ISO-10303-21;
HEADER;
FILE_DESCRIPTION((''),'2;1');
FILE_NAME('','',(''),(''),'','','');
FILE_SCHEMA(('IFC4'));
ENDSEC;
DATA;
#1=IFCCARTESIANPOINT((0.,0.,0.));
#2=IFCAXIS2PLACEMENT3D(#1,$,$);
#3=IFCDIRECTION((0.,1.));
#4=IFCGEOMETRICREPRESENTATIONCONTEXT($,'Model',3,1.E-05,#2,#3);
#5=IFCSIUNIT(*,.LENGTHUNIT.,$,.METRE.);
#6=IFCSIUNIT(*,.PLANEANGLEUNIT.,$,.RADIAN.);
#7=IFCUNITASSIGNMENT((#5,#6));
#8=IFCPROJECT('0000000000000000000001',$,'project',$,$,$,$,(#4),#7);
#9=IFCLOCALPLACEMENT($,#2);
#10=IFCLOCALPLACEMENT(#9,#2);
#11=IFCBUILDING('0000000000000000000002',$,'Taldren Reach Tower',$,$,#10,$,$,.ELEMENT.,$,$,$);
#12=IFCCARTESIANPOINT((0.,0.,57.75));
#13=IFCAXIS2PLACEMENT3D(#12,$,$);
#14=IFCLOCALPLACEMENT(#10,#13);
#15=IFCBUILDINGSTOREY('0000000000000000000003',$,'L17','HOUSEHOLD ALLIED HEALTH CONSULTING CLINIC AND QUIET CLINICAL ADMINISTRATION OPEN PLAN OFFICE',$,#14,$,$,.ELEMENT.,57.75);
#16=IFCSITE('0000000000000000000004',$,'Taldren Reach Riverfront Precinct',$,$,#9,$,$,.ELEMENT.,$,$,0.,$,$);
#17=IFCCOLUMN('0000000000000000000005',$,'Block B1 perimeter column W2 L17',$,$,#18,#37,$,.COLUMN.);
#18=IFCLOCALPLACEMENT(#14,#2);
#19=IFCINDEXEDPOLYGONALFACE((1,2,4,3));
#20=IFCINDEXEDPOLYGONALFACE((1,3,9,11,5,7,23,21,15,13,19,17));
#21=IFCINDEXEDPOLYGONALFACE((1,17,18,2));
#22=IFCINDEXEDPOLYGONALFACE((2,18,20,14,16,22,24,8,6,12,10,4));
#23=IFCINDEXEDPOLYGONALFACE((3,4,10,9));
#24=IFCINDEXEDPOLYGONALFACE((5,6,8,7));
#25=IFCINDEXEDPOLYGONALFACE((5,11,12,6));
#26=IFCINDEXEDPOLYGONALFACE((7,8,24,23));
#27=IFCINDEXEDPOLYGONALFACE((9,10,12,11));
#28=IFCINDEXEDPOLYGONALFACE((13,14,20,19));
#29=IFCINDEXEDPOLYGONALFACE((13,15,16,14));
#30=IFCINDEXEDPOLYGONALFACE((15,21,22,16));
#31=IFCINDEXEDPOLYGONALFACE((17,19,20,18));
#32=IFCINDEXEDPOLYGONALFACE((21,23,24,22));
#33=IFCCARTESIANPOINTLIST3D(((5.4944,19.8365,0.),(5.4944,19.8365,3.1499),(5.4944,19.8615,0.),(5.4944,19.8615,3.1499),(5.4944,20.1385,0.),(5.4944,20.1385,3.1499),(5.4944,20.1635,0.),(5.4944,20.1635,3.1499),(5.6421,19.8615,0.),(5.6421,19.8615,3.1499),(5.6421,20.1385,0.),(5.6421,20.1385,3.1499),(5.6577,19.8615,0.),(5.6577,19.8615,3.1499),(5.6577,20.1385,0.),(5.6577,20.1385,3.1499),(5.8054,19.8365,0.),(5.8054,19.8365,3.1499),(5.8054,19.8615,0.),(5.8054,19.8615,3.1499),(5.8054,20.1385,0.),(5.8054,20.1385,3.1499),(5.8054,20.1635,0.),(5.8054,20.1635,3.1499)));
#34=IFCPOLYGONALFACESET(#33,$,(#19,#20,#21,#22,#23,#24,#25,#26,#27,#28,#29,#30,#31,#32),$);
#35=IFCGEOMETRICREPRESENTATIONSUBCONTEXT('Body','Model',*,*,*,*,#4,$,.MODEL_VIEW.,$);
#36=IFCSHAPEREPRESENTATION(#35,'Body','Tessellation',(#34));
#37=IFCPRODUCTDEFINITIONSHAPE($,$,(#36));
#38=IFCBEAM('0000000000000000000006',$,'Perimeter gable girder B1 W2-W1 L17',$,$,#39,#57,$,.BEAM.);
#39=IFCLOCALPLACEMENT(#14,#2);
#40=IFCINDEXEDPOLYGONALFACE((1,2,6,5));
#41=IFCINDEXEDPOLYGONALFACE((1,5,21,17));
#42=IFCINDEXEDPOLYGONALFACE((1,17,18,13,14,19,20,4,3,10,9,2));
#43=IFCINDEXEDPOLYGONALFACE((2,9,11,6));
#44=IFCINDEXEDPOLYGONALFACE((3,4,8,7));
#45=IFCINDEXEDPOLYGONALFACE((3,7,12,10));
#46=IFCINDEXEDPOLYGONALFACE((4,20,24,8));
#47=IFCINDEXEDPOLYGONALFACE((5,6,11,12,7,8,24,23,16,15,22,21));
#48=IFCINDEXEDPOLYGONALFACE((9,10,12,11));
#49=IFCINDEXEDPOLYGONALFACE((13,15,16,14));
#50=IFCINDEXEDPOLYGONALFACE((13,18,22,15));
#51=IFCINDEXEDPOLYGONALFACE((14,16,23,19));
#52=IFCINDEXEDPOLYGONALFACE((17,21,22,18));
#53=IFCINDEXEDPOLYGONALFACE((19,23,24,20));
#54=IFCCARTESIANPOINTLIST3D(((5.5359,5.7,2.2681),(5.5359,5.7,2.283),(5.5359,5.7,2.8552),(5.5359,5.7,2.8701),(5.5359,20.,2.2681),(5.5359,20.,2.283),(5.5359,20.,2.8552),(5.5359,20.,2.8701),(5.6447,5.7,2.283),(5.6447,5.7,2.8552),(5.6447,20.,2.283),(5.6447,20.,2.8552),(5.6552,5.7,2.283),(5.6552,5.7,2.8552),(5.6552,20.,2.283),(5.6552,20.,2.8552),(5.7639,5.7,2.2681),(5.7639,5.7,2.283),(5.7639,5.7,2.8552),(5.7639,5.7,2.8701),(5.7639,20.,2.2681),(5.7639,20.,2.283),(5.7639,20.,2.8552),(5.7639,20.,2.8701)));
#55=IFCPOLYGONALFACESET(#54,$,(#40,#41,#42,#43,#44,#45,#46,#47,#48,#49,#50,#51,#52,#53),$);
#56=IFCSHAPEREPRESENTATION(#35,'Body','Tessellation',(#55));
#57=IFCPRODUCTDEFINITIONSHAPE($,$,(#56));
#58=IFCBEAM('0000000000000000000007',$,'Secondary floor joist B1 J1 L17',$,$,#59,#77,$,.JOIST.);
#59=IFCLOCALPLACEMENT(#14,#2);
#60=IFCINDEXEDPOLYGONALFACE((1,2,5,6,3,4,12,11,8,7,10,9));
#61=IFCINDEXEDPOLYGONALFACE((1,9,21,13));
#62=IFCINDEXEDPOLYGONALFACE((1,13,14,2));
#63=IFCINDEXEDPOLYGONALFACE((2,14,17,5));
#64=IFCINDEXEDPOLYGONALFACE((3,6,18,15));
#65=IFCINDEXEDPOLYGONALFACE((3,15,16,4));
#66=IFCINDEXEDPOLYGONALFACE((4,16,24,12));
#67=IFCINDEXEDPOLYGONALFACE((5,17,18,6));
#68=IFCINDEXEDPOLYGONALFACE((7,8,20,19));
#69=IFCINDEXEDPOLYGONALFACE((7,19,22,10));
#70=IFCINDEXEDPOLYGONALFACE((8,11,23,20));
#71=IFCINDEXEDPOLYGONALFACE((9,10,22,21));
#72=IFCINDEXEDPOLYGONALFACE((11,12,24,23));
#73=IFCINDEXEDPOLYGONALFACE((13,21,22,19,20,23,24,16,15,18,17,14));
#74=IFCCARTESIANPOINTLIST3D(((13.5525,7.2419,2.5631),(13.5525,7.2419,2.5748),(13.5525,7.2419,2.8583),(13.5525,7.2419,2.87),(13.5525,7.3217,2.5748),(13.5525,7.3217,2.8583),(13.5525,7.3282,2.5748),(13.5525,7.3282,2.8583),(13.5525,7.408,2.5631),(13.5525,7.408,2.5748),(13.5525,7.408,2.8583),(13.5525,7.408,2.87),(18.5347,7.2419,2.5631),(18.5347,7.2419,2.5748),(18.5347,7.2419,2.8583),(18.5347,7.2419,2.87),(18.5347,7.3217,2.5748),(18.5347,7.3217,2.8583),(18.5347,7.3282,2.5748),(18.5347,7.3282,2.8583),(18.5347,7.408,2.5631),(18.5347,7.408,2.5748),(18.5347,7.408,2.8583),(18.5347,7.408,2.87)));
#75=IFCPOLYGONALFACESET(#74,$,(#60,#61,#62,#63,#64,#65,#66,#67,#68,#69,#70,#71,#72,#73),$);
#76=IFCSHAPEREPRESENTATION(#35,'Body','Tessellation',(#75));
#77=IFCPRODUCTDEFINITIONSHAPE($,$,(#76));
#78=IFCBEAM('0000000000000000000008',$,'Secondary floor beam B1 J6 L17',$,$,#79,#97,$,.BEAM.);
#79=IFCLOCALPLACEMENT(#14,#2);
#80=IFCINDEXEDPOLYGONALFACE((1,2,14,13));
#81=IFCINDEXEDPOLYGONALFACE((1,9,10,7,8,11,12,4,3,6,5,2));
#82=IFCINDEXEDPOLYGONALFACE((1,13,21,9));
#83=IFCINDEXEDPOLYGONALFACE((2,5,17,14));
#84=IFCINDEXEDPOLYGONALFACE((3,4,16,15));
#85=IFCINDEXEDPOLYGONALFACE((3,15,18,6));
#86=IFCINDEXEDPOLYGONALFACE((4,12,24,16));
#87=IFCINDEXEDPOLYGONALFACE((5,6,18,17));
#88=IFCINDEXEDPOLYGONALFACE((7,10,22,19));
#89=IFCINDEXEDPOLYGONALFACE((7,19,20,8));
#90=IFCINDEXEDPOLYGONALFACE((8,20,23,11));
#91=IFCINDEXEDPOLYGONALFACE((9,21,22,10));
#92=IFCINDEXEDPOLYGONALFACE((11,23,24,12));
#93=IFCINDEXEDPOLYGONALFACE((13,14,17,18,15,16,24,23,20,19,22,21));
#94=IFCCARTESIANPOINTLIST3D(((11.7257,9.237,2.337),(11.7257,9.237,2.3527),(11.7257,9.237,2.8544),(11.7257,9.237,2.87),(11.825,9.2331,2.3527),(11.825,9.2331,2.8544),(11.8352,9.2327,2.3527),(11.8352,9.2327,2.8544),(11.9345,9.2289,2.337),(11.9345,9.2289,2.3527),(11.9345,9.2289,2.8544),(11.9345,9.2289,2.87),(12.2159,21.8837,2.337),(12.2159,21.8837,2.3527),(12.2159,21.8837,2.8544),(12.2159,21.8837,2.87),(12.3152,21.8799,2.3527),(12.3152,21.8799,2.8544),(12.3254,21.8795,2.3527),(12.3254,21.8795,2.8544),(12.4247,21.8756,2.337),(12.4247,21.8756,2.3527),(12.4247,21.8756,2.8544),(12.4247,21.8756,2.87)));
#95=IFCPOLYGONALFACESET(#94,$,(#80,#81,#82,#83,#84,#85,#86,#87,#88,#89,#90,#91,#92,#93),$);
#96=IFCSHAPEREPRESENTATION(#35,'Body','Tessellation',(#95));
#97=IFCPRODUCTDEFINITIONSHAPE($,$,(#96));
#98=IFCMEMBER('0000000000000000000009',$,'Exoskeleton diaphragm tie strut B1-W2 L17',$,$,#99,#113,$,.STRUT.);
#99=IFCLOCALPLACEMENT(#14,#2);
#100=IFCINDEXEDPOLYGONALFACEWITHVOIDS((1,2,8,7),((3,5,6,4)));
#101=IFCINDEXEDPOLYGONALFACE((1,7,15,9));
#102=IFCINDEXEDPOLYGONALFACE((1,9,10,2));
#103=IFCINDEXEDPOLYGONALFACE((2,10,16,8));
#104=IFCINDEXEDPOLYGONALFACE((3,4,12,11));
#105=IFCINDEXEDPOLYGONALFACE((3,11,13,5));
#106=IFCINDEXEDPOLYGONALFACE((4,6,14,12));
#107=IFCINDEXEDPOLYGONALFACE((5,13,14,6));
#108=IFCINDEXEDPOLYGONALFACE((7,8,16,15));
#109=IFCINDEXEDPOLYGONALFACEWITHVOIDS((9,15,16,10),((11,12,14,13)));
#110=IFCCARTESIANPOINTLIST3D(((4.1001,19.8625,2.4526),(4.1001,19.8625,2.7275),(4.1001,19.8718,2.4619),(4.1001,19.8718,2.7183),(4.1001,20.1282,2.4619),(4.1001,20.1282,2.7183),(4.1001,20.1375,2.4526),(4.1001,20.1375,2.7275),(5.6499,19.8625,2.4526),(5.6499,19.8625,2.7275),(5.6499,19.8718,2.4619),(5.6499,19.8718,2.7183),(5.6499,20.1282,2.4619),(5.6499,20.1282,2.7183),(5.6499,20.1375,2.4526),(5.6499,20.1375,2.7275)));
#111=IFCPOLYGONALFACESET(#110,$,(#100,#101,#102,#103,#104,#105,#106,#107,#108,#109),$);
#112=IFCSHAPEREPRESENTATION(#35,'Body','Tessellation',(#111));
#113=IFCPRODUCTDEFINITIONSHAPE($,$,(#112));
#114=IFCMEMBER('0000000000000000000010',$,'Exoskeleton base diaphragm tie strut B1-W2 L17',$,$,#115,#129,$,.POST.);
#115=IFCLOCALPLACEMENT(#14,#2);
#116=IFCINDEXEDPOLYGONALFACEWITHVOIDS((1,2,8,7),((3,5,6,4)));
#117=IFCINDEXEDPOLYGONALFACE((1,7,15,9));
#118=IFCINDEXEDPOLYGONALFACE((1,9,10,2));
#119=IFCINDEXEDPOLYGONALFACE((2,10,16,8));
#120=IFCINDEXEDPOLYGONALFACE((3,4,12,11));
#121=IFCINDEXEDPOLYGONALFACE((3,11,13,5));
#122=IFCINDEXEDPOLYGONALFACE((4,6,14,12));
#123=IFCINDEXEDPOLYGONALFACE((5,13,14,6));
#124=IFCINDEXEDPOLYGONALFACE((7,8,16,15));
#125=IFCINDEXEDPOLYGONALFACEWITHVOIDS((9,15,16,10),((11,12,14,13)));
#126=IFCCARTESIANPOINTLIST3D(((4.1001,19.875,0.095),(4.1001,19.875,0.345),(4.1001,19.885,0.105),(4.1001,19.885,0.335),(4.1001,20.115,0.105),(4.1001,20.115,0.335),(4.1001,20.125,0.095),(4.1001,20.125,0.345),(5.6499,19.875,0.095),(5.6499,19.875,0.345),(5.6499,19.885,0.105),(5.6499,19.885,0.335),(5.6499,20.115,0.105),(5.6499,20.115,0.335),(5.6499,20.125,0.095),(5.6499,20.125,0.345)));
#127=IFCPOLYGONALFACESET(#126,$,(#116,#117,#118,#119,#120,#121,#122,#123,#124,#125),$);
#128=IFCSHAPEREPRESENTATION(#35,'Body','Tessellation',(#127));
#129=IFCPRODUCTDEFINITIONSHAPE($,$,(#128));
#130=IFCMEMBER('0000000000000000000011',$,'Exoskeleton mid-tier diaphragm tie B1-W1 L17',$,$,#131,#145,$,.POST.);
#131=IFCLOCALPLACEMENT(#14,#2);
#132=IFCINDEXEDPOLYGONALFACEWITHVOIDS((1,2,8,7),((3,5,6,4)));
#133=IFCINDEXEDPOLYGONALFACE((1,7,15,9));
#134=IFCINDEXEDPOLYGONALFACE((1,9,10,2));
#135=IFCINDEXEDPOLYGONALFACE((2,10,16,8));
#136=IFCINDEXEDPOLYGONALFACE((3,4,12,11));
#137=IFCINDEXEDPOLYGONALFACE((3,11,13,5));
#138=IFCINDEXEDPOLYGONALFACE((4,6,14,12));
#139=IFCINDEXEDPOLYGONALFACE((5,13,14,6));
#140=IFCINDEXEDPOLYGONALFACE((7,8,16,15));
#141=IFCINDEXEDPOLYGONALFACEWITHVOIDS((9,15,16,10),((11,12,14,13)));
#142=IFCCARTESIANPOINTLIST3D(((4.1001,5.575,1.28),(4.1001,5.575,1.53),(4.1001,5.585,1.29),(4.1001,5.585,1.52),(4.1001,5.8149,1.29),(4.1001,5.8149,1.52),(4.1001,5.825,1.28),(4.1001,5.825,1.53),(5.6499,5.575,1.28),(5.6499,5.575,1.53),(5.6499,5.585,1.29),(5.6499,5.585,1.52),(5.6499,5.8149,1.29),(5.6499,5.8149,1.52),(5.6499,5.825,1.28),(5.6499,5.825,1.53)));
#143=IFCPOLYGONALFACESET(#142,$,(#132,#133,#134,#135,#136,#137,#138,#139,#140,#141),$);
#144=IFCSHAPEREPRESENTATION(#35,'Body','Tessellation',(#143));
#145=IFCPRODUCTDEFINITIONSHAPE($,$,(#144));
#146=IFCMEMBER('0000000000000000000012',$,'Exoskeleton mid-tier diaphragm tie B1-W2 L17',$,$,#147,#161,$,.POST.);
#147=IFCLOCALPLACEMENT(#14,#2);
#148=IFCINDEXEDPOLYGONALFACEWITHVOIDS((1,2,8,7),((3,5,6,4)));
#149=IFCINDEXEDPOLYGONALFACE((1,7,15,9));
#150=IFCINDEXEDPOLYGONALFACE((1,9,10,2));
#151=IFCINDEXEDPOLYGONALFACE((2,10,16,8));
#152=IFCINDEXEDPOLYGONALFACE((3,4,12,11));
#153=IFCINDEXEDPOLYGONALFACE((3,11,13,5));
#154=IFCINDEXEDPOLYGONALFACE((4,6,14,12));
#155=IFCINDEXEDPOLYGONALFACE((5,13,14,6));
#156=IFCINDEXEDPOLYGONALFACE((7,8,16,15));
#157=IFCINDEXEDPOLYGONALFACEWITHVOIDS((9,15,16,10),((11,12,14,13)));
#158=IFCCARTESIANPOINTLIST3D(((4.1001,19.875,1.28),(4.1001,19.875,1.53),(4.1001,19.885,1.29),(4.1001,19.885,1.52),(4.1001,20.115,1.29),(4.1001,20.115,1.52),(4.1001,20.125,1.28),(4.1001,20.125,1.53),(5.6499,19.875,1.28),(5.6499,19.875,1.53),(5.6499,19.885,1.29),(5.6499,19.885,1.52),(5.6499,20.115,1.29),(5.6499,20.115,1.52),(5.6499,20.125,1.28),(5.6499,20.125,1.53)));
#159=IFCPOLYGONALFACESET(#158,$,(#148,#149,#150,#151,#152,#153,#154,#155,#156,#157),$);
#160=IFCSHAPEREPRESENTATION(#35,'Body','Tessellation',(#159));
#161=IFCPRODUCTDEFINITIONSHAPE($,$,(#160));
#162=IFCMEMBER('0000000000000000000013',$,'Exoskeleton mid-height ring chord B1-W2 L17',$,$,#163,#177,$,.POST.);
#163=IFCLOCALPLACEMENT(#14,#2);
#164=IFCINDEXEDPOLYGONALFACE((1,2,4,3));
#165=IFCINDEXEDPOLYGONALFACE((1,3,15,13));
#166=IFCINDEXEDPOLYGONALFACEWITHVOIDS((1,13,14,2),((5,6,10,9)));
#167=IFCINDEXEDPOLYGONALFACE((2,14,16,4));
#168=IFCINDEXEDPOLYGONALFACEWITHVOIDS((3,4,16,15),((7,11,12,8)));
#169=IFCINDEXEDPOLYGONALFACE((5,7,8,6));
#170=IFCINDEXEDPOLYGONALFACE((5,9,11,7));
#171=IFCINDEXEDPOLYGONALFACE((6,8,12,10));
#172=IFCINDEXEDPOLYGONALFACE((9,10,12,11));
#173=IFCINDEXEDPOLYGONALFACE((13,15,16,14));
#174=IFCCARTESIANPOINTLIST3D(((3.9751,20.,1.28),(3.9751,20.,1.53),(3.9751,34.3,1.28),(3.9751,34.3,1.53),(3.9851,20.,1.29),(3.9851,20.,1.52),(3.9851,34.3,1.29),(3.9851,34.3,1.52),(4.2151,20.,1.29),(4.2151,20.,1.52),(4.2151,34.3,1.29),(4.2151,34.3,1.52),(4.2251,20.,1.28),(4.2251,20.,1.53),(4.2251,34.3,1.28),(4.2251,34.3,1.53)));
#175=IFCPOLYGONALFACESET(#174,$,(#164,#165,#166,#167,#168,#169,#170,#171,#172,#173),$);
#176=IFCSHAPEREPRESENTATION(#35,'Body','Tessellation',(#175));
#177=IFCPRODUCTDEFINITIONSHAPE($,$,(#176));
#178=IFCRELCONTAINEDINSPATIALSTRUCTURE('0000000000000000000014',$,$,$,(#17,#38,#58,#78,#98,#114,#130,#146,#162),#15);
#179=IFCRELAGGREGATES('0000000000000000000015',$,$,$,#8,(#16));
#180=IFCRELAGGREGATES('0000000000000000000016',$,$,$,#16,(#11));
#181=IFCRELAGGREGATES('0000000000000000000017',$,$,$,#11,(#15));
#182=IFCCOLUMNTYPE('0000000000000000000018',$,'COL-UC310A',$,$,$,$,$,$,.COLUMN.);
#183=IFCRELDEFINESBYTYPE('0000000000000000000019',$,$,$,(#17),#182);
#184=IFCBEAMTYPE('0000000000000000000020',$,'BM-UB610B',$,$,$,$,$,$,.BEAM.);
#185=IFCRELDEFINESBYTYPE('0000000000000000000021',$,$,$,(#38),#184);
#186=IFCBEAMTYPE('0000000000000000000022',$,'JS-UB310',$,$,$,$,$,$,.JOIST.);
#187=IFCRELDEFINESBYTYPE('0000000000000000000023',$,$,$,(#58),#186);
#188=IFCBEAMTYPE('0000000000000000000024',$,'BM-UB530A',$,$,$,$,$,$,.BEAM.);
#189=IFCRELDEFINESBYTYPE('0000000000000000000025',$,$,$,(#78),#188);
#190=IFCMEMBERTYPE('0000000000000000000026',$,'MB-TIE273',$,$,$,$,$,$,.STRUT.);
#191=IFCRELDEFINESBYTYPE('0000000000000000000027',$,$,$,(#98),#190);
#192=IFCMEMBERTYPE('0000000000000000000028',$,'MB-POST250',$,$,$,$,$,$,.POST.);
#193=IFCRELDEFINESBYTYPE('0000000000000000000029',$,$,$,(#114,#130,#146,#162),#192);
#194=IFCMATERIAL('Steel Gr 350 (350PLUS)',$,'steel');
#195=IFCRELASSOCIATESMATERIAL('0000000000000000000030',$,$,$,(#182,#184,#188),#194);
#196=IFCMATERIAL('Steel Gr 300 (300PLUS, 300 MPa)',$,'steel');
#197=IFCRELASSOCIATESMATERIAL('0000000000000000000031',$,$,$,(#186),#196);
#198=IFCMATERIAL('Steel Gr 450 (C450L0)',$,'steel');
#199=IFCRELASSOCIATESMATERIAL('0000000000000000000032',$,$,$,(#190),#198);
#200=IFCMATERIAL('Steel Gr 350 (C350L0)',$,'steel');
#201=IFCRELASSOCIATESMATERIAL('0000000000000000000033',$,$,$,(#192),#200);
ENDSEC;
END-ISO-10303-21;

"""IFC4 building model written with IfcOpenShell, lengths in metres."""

from ifc_helpers import new_model, si_unit, direction, frame, origin, origin_2d, place, context, subcontext, project, spatial, hollow_rectangle, i_section, extrude, source, transform, mapped, material, material_profile, profile_set, type_object, element, save


model = new_model("IFC4")

# Units and contexts
model_context = context("Model", 3, precision=1e-05, world=origin(), true_north=direction((0.0, 1.0)))
body_context = subcontext(model_context, "Body", "Model", "MODEL_VIEW")
ifc_project = project(units=[si_unit("LENGTHUNIT", "METRE"), si_unit("PLANEANGLEUNIT", "RADIAN")], contexts=[model_context])

# Site, building, storey
site_placement = place(None, origin())
site = spatial("IfcSite", under=ifc_project, at=site_placement, Name="Taldren Reach Riverfront Precinct", CompositionType="ELEMENT", RefElevation=0.0)
building_placement = place(site_placement, origin())
building = spatial("IfcBuilding", under=site, at=building_placement, Name="Taldren Reach Tower", CompositionType="ELEMENT")
storey_placement = place(building_placement, frame((0.0, 0.0, 57.75)))
storey = spatial("IfcBuildingStorey", under=building, at=storey_placement, Name="L17", Description="HOUSEHOLD ALLIED HEALTH CONSULTING CLINIC AND QUIET CLINICAL ADMINISTRATION OPEN PLAN OFFICE", CompositionType="ELEMENT", Elevation=57.75)

# Column
ifc_material_1 = material(Name="Steel Gr 350 (350PLUS)", Category="steel")
ifc_material_profile_1 = material_profile(ifc_material_1, i_section(OverallWidth=0.311, OverallDepth=0.3269, WebThickness=0.0156, FlangeThickness=0.0249, at=origin_2d()), Name="310UC158")
ifc_profile_set_1 = profile_set([ifc_material_profile_1], Name="Steel Gr 350 (350PLUS)")
column_type = type_object("IfcColumnType", Name="COL-UC310A", PredefinedType="COLUMN", material=ifc_profile_set_1)
shared_shape_1 = source(origin(), body_context, "Body", "SweptSolid", [
    extrude(i_section(OverallWidth=0.311, OverallDepth=0.3269, WebThickness=0.0156, FlangeThickness=0.0249, at=origin_2d()), origin(), (0.0, 0.0, 1.0), 3.1499),
])
column_placement = place(storey_placement, frame((5.6499, 20.0, 0.0), z_axis=(0.0, 0.0, 1.0), x_axis=(1.0, 0.0, 0.0)))
element("IfcColumn", 1, at=column_placement, inside=storey, type_object=column_type, Name="Block B1 perimeter column W2 L17", PredefinedType="COLUMN", context=body_context, shape_type="MappedRepresentation", body=[
    mapped(shared_shape_1, transform((0.0, 0.0, 0.0), scale=1.0)),
])

# Beams
ifc_material_profile_2 = material_profile(ifc_material_1, i_section(OverallWidth=0.228, OverallDepth=0.6021, WebThickness=0.0105, FlangeThickness=0.0149, at=origin_2d()), Name="610UB101")
ifc_profile_set_2 = profile_set([ifc_material_profile_2], Name="Steel Gr 350 (350PLUS)")
beam_type_1 = type_object("IfcBeamType", Name="BM-UB610B", PredefinedType="BEAM", material=ifc_profile_set_2)
shared_shape_2 = source(origin(), body_context, "Body", "SweptSolid", [
    extrude(i_section(OverallWidth=0.228, OverallDepth=0.6021, WebThickness=0.0105, FlangeThickness=0.0149, at=origin_2d()), origin(), (0.0, 0.0, 1.0), 14.3),
])
beam_1_placement = place(storey_placement, frame((5.6499, 20.0, 2.5691), z_axis=(0.0, -1.0, 0.0), x_axis=(1.0, 0.0, 0.0)))
element("IfcBeam", 2, at=beam_1_placement, inside=storey, type_object=beam_type_1, Name="Perimeter gable girder B1 W2-W1 L17", PredefinedType="BEAM", context=body_context, shape_type="MappedRepresentation", body=[
    mapped(shared_shape_2, transform((0.0, 0.0, 0.0), scale=1.0)),
])
ifc_material_2 = material(Name="Steel Gr 300 (300PLUS, 300 MPa)", Category="steel")
ifc_material_profile_3 = material_profile(ifc_material_2, i_section(OverallWidth=0.166, OverallDepth=0.3069, WebThickness=0.0066, FlangeThickness=0.0117, at=origin_2d()), Name="310UB46.2")
ifc_profile_set_3 = profile_set([ifc_material_profile_3], Name="Steel Gr 300 (300PLUS, 300 MPa)")
beam_type_2 = type_object("IfcBeamType", Name="JS-UB310", PredefinedType="JOIST", material=ifc_profile_set_3)
shared_shape_3 = source(origin(), body_context, "Body", "SweptSolid", [
    extrude(i_section(OverallWidth=0.166, OverallDepth=0.3069, WebThickness=0.0066, FlangeThickness=0.0117, at=origin_2d()), origin(), (0.0, 0.0, 1.0), 4.9822),
])
beam_2_placement = place(storey_placement, frame((13.5525, 7.325, 2.7166), z_axis=(1.0, 0.0, 0.0), x_axis=(0.0, 1.0, 0.0)))
element("IfcBeam", 3, at=beam_2_placement, inside=storey, type_object=beam_type_2, Name="Secondary floor joist B1 J1 L17", PredefinedType="JOIST", context=body_context, shape_type="MappedRepresentation", body=[
    mapped(shared_shape_3, transform((0.0, 0.0, 0.0), scale=1.0)),
])
ifc_material_profile_4 = material_profile(ifc_material_1, i_section(OverallWidth=0.209, OverallDepth=0.533, WebThickness=0.0103, FlangeThickness=0.0156, at=origin_2d()), Name="530UB92.4")
ifc_profile_set_4 = profile_set([ifc_material_profile_4], Name="Steel Gr 350 (350PLUS)")
beam_type_3 = type_object("IfcBeamType", Name="BM-UB530A", PredefinedType="BEAM", material=ifc_profile_set_4)
shared_shape_4 = source(origin(), body_context, "Body", "SweptSolid", [
    extrude(i_section(OverallWidth=0.209, OverallDepth=0.533, WebThickness=0.0103, FlangeThickness=0.0156, at=origin_2d()), origin(), (0.0, 0.0, 1.0), 12.6562),
])
beam_3_placement = place(storey_placement, frame((11.8301, 9.2329, 2.6035), z_axis=(0.038735, 0.99925, 0.0), x_axis=(-0.99925, 0.038735, 0.0)))
element("IfcBeam", 4, at=beam_3_placement, inside=storey, type_object=beam_type_3, Name="Secondary floor beam B1 J6 L17", PredefinedType="BEAM", context=body_context, shape_type="MappedRepresentation", body=[
    mapped(shared_shape_4, transform((0.0, 0.0, 0.0), scale=1.0)),
])

# Members
ifc_material_3 = material(Name="Steel Gr 450 (C450L0)", Category="steel")
ifc_material_profile_5 = material_profile(ifc_material_3, hollow_rectangle(XDim=0.2749, YDim=0.2749, WallThickness=0.0093, at=origin_2d()), Name="275x275x9.3SHS")
ifc_profile_set_5 = profile_set([ifc_material_profile_5], Name="Steel Gr 450 (C450L0)")
member_type_1 = type_object("IfcMemberType", Name="MB-TIE273", PredefinedType="STRUT", material=ifc_profile_set_5)
shared_shape_5 = source(origin(), body_context, "Body", "SweptSolid", [
    extrude(hollow_rectangle(XDim=0.2749, YDim=0.2749, WallThickness=0.0093, at=origin_2d()), origin(), (0.0, 0.0, 1.0), 1.5498),
])
member_1_placement = place(storey_placement, frame((5.6499, 20.0, 2.5901), z_axis=(-1.0, 0.0, 0.0), x_axis=(0.0, -1.0, 0.0)))
element("IfcMember", 5, at=member_1_placement, inside=storey, type_object=member_type_1, Name="Exoskeleton diaphragm tie strut B1-W2 L17", PredefinedType="STRUT", context=body_context, shape_type="MappedRepresentation", body=[
    mapped(shared_shape_5, transform((0.0, 0.0, 0.0), scale=1.0)),
])
ifc_material_4 = material(Name="Steel Gr 350 (C350L0)", Category="steel")
ifc_material_profile_6 = material_profile(ifc_material_4, hollow_rectangle(XDim=0.25, YDim=0.25, WallThickness=0.01, at=origin_2d()), Name="250x250x10.0SHS")
ifc_profile_set_6 = profile_set([ifc_material_profile_6], Name="Steel Gr 350 (C350L0)")
member_type_2 = type_object("IfcMemberType", Name="MB-POST250", PredefinedType="POST", material=ifc_profile_set_6)
shared_shape_6 = source(origin(), body_context, "Body", "SweptSolid", [
    extrude(hollow_rectangle(XDim=0.25, YDim=0.25, WallThickness=0.01, at=origin_2d()), origin(), (0.0, 0.0, 1.0), 1.5498),
])
for number, where, z_axis, x_axis, name in (
    (6, (5.6499, 20.0, 0.22), (-1.0, 0.0, 0.0), (0.0, -1.0, 0.0), "Exoskeleton base diaphragm tie strut B1-W2 L17"),
    (7, (5.6499, 5.7, 1.405), (-1.0, 0.0, 0.0), (0.0, -1.0, 0.0), "Exoskeleton mid-tier diaphragm tie B1-W1 L17"),
    (8, (5.6499, 20.0, 1.405), (-1.0, 0.0, 0.0), (0.0, -1.0, 0.0), "Exoskeleton mid-tier diaphragm tie B1-W2 L17"),
):
    element("IfcMember", number, at=place(storey_placement, frame(where, z_axis=z_axis, x_axis=x_axis)), inside=storey, type_object=member_type_2, Name=name, PredefinedType="POST", context=body_context, shape_type="MappedRepresentation", body=[
        mapped(shared_shape_6, transform((0.0, 0.0, 0.0), scale=1.0)),
    ])
shared_shape_7 = source(origin(), body_context, "Body", "SweptSolid", [
    extrude(hollow_rectangle(XDim=0.25, YDim=0.25, WallThickness=0.01, at=origin_2d()), origin(), (0.0, 0.0, 1.0), 14.3),
])
member_2_placement = place(storey_placement, frame((4.1001, 20.0, 1.405), z_axis=(0.0, 1.0, 0.0), x_axis=(-1.0, 0.0, 0.0)))
element("IfcMember", 9, at=member_2_placement, inside=storey, type_object=member_type_2, Name="Exoskeleton mid-height ring chord B1-W2 L17", PredefinedType="POST", context=body_context, shape_type="MappedRepresentation", body=[
    mapped(shared_shape_7, transform((0.0, 0.0, 0.0), scale=1.0)),
])

save(model, "model.ifc")
